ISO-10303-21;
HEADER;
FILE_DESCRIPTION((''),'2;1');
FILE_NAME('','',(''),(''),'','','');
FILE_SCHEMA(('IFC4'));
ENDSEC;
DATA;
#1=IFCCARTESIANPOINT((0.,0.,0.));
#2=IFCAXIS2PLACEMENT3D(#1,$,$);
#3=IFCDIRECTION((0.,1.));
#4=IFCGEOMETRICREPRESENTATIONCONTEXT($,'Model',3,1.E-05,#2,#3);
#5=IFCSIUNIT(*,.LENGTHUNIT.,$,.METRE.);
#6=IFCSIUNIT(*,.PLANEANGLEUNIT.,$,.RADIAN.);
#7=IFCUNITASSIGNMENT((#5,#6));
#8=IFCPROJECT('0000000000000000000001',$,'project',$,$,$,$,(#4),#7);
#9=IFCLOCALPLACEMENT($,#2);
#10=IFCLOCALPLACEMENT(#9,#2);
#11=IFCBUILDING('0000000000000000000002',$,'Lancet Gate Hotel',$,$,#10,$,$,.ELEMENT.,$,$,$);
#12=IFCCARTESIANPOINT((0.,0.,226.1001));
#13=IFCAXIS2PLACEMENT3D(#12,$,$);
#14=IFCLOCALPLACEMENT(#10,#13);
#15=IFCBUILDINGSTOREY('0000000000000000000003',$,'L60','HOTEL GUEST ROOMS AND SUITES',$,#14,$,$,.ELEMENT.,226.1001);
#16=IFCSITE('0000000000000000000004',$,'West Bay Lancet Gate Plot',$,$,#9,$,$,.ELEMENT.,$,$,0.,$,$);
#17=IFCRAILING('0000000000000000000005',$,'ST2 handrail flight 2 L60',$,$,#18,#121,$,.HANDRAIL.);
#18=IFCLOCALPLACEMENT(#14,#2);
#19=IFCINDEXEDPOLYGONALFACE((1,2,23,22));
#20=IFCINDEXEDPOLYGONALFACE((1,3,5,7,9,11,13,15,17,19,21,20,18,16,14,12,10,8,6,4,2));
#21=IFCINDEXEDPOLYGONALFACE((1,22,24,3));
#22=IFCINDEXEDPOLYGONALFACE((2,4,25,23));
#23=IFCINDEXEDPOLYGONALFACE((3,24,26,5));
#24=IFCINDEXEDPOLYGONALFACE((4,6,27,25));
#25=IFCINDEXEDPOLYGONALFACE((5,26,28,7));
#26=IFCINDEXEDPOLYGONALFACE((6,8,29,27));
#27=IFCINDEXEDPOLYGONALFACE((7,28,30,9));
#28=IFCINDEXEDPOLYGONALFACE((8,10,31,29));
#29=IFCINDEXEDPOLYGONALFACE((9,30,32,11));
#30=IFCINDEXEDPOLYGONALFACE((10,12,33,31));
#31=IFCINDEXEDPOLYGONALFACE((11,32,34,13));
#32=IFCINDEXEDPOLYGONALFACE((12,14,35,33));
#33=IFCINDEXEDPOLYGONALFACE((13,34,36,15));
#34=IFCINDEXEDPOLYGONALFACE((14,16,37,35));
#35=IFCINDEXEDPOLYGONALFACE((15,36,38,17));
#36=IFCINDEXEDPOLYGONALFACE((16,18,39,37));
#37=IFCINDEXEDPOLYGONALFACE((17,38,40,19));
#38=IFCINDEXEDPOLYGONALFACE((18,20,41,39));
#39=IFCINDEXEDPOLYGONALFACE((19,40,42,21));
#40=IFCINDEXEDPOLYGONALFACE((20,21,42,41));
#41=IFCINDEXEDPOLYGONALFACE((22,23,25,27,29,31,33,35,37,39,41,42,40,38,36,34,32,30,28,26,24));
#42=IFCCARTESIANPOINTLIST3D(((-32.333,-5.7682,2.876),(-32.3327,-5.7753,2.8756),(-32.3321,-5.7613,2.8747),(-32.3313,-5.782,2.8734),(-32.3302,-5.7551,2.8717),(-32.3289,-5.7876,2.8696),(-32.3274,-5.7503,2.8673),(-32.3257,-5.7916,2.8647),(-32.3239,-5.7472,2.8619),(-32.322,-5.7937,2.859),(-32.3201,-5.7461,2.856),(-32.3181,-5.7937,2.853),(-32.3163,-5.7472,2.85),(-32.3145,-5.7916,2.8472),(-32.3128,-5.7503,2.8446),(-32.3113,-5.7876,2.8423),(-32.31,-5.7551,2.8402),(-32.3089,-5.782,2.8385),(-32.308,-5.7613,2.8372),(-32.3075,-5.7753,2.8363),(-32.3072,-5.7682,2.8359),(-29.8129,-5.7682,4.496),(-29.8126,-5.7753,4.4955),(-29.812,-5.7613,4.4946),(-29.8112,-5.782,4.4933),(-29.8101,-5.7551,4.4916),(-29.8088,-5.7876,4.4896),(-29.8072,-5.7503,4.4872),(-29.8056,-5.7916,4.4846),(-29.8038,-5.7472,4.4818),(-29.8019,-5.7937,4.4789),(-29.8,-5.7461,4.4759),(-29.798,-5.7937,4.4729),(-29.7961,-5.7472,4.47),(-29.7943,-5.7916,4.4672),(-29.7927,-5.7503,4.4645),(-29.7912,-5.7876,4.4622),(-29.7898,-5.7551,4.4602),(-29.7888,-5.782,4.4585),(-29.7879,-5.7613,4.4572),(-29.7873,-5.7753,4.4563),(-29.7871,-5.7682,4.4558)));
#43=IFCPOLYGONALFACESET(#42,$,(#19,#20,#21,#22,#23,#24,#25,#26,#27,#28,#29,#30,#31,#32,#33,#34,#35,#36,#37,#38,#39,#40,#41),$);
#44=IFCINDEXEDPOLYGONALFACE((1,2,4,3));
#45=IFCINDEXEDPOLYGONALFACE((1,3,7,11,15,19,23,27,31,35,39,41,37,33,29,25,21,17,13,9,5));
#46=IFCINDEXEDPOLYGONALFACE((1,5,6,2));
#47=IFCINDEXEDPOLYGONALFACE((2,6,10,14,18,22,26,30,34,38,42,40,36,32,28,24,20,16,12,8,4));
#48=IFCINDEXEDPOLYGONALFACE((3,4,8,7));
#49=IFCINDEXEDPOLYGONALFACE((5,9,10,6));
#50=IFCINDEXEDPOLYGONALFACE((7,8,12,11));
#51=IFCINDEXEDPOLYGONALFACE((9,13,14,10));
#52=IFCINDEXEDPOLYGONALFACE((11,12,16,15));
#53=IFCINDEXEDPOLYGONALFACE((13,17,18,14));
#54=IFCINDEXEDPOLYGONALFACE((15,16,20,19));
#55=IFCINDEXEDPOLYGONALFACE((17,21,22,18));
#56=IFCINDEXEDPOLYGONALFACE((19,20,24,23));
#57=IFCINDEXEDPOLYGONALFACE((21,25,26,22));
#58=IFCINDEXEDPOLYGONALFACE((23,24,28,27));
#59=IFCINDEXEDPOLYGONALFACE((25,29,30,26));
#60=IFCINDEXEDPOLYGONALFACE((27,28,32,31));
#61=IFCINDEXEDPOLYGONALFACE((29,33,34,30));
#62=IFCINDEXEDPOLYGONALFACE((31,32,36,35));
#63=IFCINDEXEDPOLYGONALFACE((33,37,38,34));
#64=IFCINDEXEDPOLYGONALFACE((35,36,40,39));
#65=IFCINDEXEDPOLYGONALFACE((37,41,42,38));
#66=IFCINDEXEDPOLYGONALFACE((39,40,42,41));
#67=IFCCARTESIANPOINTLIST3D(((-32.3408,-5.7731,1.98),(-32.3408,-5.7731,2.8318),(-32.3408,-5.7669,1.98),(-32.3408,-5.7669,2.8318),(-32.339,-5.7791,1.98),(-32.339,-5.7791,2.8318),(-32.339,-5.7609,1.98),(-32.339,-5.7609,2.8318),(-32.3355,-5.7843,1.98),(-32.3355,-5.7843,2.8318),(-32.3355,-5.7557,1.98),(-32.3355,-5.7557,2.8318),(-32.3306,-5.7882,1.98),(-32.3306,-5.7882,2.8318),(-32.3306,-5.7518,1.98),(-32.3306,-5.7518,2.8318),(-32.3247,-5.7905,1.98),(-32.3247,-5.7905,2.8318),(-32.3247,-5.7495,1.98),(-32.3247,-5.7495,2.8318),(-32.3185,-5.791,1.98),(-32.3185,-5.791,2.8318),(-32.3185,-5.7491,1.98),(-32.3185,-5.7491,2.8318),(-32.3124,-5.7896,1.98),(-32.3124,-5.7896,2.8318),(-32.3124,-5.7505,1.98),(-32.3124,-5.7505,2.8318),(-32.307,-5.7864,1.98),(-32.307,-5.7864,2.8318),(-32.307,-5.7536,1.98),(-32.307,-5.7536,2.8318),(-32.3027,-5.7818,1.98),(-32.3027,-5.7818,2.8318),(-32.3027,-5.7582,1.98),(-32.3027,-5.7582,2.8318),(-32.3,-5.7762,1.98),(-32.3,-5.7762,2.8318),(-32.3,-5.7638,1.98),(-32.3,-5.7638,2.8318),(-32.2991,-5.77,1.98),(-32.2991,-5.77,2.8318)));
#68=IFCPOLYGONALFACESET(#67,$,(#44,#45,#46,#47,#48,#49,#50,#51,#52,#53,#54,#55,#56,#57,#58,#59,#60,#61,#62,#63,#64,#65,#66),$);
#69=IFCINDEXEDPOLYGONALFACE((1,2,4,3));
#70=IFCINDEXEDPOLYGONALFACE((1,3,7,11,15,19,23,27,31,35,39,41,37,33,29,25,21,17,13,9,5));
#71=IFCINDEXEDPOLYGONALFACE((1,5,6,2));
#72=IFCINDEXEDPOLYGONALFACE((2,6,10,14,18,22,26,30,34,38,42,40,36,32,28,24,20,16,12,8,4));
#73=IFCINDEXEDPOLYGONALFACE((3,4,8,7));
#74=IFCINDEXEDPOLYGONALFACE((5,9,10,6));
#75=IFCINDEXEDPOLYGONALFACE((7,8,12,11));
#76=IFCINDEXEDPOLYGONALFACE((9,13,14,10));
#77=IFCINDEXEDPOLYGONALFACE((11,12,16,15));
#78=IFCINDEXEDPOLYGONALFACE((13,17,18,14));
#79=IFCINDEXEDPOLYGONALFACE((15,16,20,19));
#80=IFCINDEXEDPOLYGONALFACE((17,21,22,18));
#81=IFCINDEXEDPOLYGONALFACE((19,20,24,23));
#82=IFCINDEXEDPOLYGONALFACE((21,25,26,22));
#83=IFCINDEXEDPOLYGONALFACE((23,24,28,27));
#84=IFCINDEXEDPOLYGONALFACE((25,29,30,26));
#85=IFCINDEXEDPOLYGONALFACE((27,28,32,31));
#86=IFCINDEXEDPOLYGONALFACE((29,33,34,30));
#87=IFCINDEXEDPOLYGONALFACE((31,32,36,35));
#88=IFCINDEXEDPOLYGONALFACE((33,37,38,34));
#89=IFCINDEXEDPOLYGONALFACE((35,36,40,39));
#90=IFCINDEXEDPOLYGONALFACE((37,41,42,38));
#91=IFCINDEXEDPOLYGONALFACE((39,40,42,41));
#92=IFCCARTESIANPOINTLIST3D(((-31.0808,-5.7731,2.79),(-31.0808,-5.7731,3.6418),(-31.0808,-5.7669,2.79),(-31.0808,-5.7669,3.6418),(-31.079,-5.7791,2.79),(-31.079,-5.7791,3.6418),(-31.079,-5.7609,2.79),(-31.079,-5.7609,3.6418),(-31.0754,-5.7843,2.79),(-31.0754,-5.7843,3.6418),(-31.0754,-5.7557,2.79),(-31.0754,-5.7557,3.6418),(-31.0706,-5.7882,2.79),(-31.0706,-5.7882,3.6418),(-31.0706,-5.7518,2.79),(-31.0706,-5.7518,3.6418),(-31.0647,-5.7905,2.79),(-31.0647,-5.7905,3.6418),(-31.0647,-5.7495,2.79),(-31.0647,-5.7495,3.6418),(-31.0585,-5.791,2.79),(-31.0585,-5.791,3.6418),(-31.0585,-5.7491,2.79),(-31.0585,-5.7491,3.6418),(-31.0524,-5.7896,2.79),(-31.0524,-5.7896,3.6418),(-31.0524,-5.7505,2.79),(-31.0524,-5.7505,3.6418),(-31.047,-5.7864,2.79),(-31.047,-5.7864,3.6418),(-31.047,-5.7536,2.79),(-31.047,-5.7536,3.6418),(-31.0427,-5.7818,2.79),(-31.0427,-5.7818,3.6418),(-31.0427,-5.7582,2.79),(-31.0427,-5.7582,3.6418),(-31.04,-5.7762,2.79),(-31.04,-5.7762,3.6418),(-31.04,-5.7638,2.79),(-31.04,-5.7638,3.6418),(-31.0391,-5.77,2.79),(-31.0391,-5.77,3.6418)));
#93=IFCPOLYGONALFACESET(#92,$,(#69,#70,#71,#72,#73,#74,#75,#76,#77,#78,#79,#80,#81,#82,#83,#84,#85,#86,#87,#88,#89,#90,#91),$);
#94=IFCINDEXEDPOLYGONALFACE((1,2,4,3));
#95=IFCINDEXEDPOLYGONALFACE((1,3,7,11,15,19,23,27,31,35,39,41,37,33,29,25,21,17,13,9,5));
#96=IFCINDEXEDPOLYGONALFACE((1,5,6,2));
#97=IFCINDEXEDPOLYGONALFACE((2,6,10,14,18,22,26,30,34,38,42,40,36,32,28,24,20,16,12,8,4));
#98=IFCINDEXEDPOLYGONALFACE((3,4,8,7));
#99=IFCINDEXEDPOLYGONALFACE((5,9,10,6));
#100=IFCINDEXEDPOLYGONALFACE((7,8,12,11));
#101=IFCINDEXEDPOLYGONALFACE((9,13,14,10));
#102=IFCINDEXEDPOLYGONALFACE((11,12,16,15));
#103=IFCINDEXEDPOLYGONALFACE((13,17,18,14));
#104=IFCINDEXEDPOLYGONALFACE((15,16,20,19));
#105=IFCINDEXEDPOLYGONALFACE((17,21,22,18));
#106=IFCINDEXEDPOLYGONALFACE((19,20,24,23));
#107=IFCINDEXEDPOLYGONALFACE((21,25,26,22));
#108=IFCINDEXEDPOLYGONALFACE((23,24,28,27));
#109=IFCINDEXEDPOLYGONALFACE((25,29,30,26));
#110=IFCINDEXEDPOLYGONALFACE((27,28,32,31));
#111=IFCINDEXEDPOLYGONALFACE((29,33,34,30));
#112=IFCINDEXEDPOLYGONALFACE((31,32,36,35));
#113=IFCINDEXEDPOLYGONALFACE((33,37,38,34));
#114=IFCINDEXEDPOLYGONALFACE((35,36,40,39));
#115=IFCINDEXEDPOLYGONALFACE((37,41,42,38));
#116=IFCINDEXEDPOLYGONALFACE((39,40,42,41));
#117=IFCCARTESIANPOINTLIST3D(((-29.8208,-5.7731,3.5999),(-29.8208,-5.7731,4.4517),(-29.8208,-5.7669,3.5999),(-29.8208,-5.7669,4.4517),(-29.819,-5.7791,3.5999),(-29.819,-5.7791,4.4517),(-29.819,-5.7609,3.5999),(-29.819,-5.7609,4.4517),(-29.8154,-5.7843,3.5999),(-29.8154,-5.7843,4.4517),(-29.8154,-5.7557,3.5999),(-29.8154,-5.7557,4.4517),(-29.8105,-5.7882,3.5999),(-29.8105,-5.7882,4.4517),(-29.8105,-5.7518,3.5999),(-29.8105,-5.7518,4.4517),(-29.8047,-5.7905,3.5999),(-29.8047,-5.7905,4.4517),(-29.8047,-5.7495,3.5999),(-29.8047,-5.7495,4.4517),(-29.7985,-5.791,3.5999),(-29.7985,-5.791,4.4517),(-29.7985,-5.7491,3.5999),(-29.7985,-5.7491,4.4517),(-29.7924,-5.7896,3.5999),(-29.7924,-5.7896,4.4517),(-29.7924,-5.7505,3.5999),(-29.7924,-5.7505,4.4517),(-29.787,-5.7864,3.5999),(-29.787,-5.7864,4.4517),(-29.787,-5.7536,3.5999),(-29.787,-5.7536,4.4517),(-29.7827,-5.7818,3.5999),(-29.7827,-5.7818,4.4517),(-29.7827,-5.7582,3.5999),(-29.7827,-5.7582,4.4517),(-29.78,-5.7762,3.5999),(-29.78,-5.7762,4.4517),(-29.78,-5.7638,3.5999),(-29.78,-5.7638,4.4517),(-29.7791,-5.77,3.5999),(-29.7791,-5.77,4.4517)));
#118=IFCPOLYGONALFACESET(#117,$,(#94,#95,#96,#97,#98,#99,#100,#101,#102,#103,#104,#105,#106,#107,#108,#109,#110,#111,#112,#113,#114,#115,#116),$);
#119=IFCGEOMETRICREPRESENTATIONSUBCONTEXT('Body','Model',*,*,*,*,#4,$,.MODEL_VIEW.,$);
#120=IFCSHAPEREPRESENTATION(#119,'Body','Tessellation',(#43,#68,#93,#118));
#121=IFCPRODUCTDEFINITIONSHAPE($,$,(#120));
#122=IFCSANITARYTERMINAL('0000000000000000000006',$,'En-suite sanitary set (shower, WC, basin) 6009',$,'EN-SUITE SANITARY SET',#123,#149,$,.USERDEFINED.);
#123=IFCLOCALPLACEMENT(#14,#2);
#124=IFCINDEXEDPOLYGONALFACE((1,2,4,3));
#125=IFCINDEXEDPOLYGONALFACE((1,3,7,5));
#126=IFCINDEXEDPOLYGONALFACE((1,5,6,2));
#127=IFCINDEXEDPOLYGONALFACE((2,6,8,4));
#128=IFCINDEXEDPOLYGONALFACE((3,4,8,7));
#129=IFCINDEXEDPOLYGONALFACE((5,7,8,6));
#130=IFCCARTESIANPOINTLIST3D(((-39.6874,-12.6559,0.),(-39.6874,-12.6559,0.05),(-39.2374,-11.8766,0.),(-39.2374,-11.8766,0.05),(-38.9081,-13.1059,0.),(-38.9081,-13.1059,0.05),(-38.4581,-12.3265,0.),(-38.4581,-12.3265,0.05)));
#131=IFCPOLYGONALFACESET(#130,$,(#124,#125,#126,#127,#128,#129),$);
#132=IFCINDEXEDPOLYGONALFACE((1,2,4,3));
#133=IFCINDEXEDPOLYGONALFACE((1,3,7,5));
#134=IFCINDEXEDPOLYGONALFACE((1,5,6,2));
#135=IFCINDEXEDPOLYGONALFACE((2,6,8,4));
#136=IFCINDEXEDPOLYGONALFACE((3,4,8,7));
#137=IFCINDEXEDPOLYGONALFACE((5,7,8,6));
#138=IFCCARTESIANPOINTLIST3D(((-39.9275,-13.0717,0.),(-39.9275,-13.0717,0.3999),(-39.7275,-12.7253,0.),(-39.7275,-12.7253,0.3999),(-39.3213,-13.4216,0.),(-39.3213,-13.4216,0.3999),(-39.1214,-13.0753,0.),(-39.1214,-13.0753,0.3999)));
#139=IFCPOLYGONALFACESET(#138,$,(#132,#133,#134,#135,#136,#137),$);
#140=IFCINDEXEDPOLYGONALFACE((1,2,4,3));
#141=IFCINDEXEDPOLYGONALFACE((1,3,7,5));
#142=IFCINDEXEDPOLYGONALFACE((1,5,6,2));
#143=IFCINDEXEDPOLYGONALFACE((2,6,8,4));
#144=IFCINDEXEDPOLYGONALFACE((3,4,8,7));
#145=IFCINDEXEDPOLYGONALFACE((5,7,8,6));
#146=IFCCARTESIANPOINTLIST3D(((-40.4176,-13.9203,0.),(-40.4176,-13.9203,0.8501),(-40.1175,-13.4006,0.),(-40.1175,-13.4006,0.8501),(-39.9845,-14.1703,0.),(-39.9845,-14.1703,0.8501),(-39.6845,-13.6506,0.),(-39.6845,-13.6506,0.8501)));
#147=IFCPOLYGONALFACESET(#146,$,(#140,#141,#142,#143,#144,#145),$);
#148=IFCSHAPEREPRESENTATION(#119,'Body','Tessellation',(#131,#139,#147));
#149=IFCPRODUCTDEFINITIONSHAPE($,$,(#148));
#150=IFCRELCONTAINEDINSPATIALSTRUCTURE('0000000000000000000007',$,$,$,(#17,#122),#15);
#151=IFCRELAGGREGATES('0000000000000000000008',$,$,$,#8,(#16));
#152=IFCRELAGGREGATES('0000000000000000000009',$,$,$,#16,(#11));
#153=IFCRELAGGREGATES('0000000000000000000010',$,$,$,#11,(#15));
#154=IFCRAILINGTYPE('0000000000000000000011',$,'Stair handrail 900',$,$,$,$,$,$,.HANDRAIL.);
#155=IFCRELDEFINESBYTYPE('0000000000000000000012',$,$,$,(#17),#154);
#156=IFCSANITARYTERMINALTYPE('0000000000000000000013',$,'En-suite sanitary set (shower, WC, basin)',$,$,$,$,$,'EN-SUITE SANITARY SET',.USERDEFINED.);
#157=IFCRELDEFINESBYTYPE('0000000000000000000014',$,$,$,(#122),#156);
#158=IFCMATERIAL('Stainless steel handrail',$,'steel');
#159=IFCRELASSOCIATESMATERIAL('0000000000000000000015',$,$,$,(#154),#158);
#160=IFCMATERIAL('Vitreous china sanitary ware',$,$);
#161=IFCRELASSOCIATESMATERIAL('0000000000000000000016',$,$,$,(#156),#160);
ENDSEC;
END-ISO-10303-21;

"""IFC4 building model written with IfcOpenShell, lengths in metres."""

from ifc_helpers import new_model, si_unit, direction, frame, origin, origin_2d, place, context, subcontext, project, spatial, rectangle, circle, extrude, material, type_object, element, save


model = new_model("IFC4")

# Units and contexts
model_context = context("Model", 3, precision=1e-05, world=origin(), true_north=direction((0.0, 1.0)))
body_context = subcontext(model_context, "Body", "Model", "MODEL_VIEW")
ifc_project = project(units=[si_unit("LENGTHUNIT", "METRE"), si_unit("PLANEANGLEUNIT", "RADIAN")], contexts=[model_context])

# Site, building, storey
site_placement = place(None, origin())
site = spatial("IfcSite", under=ifc_project, at=site_placement, Name="West Bay Lancet Gate Plot", CompositionType="ELEMENT", RefElevation=0.0)
building_placement = place(site_placement, origin())
building = spatial("IfcBuilding", under=site, at=building_placement, Name="Lancet Gate Hotel", CompositionType="ELEMENT")
storey_placement = place(building_placement, frame((0.0, 0.0, 226.1001)))
storey = spatial("IfcBuildingStorey", under=building, at=storey_placement, Name="L60", Description="HOTEL GUEST ROOMS AND SUITES", CompositionType="ELEMENT", Elevation=226.1001)

# Railing
ifc_material_1 = material(Name="Stainless steel handrail", Category="steel")
railing_type = type_object("IfcRailingType", Name="Stair handrail 900", PredefinedType="HANDRAIL", material=ifc_material_1)
railing_placement = place(storey_placement, frame((-32.3201, -5.77, 1.98)))
element("IfcRailing", 1, at=railing_placement, inside=storey, type_object=railing_type, Name="ST2 handrail flight 2 L60", PredefinedType="HANDRAIL", context=body_context, shape_type="SweptSolid", body=[
    extrude(circle(Radius=0.0239, at=origin_2d()), frame((0.0, 0.0, 0.876), z_axis=(0.8412, 0.0, 0.540725), x_axis=(0.0, 1.0, 0.0)), (0.0, 0.0, 1.0), 2.9958),
    extrude(circle(Radius=0.021, at=origin_2d()), origin(), (0.0, 0.0, 1.0), 0.8518),
    extrude(circle(Radius=0.021, at=origin_2d()), frame((1.26, 0.0, 0.8101)), (0.0, 0.0, 1.0), 0.8518),
    extrude(circle(Radius=0.021, at=origin_2d()), frame((2.52, 0.0, 1.6199)), (0.0, 0.0, 1.0), 0.8518),
])

# Sanitary terminal
ifc_material_2 = material(Name="Vitreous china sanitary ware")
sanitary_terminal_type = type_object("IfcSanitaryTerminalType", Name="En-suite sanitary set (shower, WC, basin)", ElementType="EN-SUITE SANITARY SET", PredefinedType="USERDEFINED", material=ifc_material_2)
sanitary_terminal_placement = place(storey_placement, frame((-39.0728, -12.4912, 0.0), z_axis=(0.0, 0.0, 1.0), x_axis=(1.0, 0.0, 0.0)))
element("IfcSanitaryTerminal", 2, at=sanitary_terminal_placement, inside=storey, type_object=sanitary_terminal_type, Name="En-suite sanitary set (shower, WC, basin) 6009", ObjectType="EN-SUITE SANITARY SET", PredefinedType="USERDEFINED", context=body_context, shape_type="SweptSolid", body=[
    extrude(rectangle(XDim=0.8999, YDim=0.8999, at=origin_2d()), frame((0.0, 0.0, 0.0), z_axis=(0.0, 0.0, 1.0), x_axis=(0.5, 0.866025, 0.0)), (0.0, 0.0, 1.0), 0.05),
    extrude(rectangle(XDim=0.3999, YDim=0.7, at=origin_2d()), frame((-0.4517, -0.5823, 0.0), z_axis=(0.0, 0.0, 1.0), x_axis=(0.5, 0.866025, 0.0)), (0.0, 0.0, 1.0), 0.3999),
    extrude(rectangle(XDim=0.6001, YDim=0.5, at=origin_2d()), frame((-0.9783, -1.2942, 0.0), z_axis=(0.0, 0.0, 1.0), x_axis=(0.5, 0.866025, 0.0)), (0.0, 0.0, 1.0), 0.8501),
])

save(model, "model.ifc")
